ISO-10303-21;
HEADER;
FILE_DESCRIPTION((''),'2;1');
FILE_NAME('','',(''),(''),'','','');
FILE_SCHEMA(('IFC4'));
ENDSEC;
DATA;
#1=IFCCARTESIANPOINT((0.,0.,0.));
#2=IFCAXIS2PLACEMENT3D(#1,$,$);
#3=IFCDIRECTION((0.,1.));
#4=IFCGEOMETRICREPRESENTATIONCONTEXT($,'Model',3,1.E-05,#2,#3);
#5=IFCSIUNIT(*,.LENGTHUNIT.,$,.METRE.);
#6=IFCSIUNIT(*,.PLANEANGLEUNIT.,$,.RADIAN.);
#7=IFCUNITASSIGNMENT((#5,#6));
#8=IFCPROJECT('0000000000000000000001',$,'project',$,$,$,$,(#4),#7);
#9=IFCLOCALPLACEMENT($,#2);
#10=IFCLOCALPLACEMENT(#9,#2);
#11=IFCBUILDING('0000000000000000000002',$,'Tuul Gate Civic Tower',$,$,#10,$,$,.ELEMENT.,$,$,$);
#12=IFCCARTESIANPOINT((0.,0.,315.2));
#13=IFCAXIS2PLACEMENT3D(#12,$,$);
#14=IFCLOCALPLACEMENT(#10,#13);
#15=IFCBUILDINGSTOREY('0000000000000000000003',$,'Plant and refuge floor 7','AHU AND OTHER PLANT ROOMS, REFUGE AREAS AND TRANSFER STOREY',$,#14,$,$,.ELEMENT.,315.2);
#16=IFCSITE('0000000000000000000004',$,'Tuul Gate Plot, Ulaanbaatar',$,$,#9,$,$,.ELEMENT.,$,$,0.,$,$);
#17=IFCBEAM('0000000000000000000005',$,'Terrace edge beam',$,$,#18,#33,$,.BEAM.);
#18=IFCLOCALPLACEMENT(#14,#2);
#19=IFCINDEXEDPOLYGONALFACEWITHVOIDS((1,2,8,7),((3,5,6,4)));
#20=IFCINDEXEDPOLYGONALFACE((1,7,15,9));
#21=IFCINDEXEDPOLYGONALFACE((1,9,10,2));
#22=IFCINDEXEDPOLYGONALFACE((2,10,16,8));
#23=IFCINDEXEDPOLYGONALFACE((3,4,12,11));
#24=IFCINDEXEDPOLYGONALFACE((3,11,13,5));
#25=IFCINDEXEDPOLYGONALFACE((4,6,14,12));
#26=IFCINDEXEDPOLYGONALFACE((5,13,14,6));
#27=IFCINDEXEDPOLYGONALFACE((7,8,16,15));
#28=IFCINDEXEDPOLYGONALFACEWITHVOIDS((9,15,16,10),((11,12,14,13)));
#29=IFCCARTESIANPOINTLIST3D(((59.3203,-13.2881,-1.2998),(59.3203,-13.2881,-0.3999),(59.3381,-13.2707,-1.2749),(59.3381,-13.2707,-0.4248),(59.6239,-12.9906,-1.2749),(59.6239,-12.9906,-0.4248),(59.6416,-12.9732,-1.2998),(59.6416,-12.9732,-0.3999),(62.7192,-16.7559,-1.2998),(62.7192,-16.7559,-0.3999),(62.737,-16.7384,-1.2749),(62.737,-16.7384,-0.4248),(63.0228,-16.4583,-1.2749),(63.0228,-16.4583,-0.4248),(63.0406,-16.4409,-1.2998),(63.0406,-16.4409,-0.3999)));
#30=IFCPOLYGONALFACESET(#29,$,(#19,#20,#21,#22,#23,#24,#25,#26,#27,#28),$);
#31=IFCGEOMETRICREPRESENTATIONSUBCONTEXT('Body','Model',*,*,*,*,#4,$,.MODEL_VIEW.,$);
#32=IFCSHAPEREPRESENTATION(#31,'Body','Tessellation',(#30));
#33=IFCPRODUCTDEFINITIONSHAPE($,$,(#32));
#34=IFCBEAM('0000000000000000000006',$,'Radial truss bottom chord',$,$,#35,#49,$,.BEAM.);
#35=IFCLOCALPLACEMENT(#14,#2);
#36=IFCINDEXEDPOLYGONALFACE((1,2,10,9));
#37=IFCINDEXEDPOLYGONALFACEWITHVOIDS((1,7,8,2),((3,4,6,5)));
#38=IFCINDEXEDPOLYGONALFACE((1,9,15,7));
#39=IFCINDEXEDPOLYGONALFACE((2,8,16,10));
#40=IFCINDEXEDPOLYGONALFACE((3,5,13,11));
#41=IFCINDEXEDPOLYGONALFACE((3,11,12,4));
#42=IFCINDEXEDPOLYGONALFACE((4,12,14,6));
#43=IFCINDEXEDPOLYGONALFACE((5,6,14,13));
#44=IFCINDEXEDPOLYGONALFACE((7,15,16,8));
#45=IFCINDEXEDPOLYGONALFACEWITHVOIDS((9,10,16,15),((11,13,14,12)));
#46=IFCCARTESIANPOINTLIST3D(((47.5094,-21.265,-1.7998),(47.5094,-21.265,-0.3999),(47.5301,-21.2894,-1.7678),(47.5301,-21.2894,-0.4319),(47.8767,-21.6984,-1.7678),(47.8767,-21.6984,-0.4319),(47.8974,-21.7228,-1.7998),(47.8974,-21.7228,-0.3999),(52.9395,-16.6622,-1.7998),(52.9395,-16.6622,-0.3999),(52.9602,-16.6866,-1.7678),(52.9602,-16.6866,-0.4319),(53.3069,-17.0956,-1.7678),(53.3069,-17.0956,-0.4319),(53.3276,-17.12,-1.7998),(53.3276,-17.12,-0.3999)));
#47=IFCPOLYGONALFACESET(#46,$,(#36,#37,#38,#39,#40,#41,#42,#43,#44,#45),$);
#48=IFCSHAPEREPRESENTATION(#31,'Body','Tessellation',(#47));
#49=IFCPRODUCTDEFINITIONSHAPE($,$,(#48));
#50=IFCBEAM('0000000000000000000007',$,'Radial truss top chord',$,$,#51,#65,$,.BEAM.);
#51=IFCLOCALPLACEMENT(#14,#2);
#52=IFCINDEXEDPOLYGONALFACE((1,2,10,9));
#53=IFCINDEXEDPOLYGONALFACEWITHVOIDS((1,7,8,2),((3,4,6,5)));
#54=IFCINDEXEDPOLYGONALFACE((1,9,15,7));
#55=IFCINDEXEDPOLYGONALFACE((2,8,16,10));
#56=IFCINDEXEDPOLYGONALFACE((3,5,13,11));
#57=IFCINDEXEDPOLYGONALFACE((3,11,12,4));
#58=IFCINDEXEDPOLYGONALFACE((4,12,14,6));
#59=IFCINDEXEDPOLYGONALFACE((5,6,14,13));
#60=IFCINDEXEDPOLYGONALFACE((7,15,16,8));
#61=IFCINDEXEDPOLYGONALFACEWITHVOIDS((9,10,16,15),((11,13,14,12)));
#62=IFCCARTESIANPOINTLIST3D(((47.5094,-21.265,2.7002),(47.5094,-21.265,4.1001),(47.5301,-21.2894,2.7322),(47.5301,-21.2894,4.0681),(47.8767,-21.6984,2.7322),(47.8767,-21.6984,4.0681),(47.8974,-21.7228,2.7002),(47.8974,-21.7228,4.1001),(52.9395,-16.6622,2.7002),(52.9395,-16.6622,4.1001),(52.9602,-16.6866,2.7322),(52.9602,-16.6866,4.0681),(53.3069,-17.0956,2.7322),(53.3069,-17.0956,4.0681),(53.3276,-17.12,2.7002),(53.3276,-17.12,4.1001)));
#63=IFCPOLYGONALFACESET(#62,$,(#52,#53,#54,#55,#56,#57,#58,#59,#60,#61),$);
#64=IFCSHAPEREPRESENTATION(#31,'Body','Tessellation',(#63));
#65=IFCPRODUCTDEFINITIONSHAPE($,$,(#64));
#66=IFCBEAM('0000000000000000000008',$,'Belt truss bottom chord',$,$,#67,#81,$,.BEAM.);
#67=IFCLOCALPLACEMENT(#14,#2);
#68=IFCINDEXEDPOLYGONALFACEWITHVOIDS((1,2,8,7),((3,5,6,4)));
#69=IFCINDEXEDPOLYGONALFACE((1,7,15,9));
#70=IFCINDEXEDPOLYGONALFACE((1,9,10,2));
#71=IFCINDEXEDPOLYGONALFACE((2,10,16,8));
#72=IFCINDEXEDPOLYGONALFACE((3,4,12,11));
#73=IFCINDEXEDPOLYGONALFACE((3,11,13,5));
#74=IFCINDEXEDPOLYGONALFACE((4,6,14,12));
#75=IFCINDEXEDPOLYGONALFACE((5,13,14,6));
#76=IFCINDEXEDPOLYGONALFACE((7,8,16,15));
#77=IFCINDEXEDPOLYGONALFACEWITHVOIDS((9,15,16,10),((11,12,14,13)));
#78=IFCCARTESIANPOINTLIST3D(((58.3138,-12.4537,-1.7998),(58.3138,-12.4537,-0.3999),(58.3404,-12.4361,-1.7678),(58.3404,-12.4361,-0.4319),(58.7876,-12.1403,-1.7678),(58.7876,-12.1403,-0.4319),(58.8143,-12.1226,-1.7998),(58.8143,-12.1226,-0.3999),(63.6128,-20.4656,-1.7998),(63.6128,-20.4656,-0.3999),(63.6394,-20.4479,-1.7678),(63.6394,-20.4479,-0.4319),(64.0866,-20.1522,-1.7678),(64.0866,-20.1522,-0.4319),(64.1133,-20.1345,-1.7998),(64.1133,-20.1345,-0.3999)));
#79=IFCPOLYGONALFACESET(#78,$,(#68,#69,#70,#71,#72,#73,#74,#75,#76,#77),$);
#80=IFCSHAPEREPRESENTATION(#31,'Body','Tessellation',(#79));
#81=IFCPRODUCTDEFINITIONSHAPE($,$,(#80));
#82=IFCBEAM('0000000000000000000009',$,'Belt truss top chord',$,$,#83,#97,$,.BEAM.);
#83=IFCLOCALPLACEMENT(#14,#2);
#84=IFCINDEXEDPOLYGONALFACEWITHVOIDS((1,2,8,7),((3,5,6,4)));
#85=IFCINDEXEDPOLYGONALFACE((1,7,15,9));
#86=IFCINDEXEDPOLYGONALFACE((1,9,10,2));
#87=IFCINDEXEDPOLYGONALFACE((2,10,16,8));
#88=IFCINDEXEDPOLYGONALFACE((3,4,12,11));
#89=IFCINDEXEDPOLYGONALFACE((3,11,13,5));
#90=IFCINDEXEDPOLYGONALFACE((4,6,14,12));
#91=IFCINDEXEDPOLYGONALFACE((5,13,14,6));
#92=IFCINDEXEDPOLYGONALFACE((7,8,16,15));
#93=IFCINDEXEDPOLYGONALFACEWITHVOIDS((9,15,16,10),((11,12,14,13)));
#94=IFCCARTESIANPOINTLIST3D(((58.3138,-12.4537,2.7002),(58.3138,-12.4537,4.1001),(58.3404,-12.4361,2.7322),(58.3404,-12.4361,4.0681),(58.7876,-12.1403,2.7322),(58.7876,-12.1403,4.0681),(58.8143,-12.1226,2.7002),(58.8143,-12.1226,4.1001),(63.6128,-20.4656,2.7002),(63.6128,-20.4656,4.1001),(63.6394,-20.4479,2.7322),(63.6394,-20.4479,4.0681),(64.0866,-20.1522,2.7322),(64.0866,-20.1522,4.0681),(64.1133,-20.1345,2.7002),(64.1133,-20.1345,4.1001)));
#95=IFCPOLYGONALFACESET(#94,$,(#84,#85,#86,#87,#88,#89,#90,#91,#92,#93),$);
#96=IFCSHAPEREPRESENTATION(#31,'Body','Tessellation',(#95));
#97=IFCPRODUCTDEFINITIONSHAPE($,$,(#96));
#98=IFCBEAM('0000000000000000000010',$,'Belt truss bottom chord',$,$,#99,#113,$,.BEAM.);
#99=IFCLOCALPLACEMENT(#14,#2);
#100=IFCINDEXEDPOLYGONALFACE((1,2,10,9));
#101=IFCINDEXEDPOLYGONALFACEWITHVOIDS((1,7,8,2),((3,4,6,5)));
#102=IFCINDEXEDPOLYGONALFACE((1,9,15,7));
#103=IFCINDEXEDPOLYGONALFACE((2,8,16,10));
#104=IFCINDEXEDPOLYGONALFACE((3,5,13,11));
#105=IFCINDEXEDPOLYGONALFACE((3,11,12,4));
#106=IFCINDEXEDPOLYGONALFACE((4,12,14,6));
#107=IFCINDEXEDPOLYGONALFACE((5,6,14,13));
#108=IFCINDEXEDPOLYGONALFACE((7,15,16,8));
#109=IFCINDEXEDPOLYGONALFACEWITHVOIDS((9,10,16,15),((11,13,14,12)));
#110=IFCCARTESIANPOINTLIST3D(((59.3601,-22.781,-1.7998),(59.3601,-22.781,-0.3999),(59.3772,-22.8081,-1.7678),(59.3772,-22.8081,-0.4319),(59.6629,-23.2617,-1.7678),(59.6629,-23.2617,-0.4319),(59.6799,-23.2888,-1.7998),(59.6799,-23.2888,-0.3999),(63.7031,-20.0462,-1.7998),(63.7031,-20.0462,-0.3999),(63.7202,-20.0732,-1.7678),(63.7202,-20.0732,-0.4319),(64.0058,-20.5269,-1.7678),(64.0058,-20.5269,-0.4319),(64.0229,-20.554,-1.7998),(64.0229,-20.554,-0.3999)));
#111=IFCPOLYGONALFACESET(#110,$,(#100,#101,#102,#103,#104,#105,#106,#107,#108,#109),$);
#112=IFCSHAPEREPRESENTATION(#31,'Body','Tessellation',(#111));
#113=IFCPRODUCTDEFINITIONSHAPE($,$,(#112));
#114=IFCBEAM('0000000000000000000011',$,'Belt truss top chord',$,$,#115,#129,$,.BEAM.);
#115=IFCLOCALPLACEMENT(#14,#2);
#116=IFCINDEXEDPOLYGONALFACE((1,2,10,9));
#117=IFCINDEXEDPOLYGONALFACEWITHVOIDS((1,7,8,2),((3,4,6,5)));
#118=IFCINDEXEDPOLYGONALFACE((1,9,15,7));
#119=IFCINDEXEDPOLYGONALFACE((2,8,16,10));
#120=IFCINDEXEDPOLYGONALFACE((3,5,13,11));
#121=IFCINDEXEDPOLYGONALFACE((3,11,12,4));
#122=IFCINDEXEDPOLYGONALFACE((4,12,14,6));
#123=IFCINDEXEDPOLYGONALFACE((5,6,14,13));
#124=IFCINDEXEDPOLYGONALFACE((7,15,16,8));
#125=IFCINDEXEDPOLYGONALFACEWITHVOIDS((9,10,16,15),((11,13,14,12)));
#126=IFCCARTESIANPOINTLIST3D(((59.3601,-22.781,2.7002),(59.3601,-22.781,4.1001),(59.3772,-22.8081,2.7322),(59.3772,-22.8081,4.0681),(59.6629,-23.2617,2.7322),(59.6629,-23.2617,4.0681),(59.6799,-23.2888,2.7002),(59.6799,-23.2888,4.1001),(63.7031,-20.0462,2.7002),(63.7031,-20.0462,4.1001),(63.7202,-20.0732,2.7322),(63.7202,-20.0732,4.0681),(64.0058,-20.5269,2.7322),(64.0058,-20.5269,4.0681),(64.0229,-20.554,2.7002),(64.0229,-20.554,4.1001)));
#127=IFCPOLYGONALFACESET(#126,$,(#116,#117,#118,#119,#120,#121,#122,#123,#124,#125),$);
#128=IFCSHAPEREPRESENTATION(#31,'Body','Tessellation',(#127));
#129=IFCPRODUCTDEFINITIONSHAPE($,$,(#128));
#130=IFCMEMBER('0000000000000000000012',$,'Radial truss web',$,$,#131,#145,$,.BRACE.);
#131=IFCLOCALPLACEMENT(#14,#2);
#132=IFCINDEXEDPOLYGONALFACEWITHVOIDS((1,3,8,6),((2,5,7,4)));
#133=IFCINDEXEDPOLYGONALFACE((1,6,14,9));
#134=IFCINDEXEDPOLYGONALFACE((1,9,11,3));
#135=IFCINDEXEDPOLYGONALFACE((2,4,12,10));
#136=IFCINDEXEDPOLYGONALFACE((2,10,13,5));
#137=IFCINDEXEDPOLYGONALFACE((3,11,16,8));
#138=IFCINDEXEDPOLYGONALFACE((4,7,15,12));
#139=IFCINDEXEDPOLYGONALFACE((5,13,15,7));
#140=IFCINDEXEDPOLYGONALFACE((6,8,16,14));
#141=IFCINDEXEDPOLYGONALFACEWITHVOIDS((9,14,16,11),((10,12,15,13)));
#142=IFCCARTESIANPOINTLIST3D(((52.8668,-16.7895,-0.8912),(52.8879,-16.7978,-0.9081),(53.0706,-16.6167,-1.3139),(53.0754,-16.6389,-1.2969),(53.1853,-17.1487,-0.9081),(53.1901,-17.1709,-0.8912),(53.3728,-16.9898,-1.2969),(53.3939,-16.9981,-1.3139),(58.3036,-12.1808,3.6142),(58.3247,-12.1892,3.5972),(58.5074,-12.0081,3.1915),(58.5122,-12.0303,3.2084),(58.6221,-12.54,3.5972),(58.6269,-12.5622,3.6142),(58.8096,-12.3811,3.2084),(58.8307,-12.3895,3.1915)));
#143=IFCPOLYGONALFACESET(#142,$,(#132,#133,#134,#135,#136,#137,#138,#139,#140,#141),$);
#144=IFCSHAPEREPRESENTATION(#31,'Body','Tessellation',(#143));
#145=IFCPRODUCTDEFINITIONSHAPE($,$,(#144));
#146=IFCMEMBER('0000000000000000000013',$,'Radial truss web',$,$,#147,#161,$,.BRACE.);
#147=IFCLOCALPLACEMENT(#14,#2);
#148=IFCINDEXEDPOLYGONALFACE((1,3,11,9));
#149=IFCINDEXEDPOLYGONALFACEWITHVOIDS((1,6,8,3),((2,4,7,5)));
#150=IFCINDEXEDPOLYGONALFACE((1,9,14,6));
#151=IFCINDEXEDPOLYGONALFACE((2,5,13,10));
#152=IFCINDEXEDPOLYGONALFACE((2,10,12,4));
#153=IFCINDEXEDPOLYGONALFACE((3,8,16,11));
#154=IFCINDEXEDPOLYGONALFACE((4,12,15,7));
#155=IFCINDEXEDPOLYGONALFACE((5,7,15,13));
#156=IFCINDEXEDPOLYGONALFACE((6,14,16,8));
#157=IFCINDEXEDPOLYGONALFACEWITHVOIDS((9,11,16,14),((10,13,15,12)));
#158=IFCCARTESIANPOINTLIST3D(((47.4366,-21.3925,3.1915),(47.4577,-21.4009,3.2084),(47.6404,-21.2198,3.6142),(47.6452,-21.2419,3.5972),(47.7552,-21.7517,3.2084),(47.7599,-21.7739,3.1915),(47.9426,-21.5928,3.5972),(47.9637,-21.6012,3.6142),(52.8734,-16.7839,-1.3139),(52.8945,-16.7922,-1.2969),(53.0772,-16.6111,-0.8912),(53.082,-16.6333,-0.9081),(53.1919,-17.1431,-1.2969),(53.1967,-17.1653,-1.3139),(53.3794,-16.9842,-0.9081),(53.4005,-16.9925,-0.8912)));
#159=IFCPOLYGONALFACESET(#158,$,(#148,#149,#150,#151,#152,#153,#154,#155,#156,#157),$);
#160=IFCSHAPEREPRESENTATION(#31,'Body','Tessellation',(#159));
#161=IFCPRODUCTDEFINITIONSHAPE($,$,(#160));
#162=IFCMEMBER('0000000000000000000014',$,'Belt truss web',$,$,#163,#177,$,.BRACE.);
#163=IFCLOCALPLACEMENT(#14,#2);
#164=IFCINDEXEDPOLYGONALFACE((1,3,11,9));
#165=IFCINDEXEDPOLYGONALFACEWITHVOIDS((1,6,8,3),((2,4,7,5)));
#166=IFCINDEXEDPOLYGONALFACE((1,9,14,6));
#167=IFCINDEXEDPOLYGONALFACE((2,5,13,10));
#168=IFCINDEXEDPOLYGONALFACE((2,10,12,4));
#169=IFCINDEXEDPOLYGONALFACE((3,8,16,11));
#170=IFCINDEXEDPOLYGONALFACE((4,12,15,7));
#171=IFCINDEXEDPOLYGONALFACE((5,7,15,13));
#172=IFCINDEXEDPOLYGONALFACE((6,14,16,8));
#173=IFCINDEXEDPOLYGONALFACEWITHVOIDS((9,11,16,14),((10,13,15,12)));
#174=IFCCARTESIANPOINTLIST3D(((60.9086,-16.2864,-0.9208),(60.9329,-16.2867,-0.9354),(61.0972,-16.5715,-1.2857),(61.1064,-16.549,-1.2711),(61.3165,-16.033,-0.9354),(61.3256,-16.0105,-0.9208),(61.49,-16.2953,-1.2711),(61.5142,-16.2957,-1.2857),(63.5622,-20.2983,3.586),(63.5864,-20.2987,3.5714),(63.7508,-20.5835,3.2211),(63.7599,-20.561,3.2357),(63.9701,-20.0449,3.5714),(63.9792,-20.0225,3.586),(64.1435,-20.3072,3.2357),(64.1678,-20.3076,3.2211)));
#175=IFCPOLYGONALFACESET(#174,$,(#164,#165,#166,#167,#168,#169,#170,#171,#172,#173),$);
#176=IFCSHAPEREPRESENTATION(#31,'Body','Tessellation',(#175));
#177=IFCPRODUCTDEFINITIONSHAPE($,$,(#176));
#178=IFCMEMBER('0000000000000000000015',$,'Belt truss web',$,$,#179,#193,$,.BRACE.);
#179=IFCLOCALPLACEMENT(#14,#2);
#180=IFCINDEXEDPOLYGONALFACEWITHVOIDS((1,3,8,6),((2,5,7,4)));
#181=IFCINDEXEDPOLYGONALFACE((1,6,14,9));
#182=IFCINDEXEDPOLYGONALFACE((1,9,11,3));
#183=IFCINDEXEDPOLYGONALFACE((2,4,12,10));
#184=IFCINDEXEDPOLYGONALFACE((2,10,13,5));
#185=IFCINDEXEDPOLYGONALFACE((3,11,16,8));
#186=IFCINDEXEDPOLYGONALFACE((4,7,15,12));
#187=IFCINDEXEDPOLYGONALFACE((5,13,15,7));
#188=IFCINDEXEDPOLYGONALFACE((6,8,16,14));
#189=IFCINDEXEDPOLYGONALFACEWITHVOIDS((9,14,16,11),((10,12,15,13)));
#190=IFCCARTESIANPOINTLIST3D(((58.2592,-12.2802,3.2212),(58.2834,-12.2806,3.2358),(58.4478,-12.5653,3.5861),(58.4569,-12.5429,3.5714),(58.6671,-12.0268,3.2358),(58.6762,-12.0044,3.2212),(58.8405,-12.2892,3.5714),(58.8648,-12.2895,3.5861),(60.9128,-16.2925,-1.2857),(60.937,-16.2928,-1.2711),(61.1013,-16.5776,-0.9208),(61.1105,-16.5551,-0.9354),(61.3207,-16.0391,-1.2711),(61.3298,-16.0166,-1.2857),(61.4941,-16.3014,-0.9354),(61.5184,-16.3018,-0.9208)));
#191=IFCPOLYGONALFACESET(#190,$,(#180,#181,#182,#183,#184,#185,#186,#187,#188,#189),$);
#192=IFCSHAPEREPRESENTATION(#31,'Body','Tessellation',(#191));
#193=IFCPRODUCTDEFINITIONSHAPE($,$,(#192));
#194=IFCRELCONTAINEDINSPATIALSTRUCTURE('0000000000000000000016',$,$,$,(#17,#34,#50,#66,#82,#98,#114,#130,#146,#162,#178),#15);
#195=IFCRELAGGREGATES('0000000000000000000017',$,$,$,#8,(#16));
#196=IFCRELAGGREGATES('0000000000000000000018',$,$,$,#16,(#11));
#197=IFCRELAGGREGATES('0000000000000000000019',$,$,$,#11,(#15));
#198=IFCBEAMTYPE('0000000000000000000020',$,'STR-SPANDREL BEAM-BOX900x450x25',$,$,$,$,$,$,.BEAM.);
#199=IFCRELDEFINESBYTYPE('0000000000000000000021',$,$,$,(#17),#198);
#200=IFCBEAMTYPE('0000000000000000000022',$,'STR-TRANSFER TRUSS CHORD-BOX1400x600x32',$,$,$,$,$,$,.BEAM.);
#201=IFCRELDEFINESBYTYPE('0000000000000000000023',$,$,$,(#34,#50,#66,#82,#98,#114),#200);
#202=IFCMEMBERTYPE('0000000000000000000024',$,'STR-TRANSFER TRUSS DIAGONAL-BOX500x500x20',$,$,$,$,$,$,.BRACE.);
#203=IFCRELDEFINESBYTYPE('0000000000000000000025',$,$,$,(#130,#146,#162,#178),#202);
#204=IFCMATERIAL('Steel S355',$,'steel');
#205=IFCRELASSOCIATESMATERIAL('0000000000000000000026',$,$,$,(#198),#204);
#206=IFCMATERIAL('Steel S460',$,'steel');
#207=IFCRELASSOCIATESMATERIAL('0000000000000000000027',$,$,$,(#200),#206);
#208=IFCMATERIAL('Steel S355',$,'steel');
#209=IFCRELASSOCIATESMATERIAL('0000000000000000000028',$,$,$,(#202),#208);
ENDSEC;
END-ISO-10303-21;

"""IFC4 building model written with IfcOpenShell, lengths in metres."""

from ifc_helpers import new_model, si_unit, direction, frame, origin, origin_2d, place, context, subcontext, project, spatial, hollow_rectangle, extrude, material, material_profile, profile_set, type_object, element, save


model = new_model("IFC4")

# Units and contexts
model_context = context("Model", 3, precision=1e-05, world=origin(), true_north=direction((0.0, 1.0)))
body_context = subcontext(model_context, "Body", "Model", "MODEL_VIEW")
ifc_project = project(units=[si_unit("LENGTHUNIT", "METRE"), si_unit("PLANEANGLEUNIT", "RADIAN")], contexts=[model_context])

# Site, building, storey
site_placement = place(None, origin())
site = spatial("IfcSite", under=ifc_project, at=site_placement, Name="Tuul Gate Plot, Ulaanbaatar", CompositionType="ELEMENT", RefElevation=0.0)
building_placement = place(site_placement, origin())
building = spatial("IfcBuilding", under=site, at=building_placement, Name="Tuul Gate Civic Tower", CompositionType="ELEMENT")
storey_placement = place(building_placement, frame((0.0, 0.0, 315.2)))
storey = spatial("IfcBuildingStorey", under=building, at=storey_placement, Name="Plant and refuge floor 7", Description="AHU AND OTHER PLANT ROOMS, REFUGE AREAS AND TRANSFER STOREY", CompositionType="ELEMENT", Elevation=315.2)

# Beams
ifc_material_1 = material(Name="Steel S355", Category="steel")
ifc_material_profile_1 = material_profile(ifc_material_1, hollow_rectangle(XDim=0.45, YDim=0.8999, WallThickness=0.0249, at=origin_2d()), Name="BOX900x450x25")
ifc_profile_set_1 = profile_set([ifc_material_profile_1], Name="Steel S355")
beam_type_1 = type_object("IfcBeamType", Name="STR-SPANDREL BEAM-BOX900x450x25", PredefinedType="BEAM", material=ifc_profile_set_1)
beam_placement = place(storey_placement, frame((62.8799, -16.5984, -0.8499), z_axis=(-0.699982, 0.714161, 0.0), x_axis=(-0.714161, -0.699982, 0.0)))
element("IfcBeam", 1, at=beam_placement, inside=storey, type_object=beam_type_1, Name="Terrace edge beam", PredefinedType="BEAM", context=body_context, shape_type="SweptSolid", body=[
    extrude(hollow_rectangle(XDim=0.45, YDim=0.8999, WallThickness=0.0249, at=origin_2d()), origin(), (0.0, 0.0, 1.0), 4.8557),
])
ifc_material_2 = material(Name="Steel S460", Category="steel")
ifc_material_profile_2 = material_profile(ifc_material_2, hollow_rectangle(XDim=0.6001, YDim=1.3999, WallThickness=0.032, at=origin_2d()), Name="BOX1400x600x32")
ifc_profile_set_2 = profile_set([ifc_material_profile_2], Name="Steel S460")
beam_type_2 = type_object("IfcBeamType", Name="STR-TRANSFER TRUSS CHORD-BOX1400x600x32", PredefinedType="BEAM", material=ifc_profile_set_2)
for number, where, z_axis, x_axis, name in (
    (2, (53.1335, -16.8911, -1.0999), (-0.762831, -0.646598, 0.0), (0.646598, -0.762831, 0.0), "Radial truss bottom chord"),
    (3, (53.1335, -16.8911, 3.4001), (-0.762831, -0.646598, 0.0), (0.646598, -0.762831, 0.0), "Radial truss top chord"),
):
    element("IfcBeam", number, at=place(storey_placement, frame(where, z_axis=z_axis, x_axis=x_axis)), inside=storey, type_object=beam_type_2, Name=name, PredefinedType="BEAM", context=body_context, shape_type="SweptSolid", body=[
        extrude(hollow_rectangle(XDim=0.6001, YDim=1.3999, WallThickness=0.032, at=origin_2d()), origin(), (0.0, 0.0, 1.0), 7.1184),
    ])
for number, where, z_axis, x_axis, name in (
    (4, (63.863, -20.3, -1.0999), (-0.551652, 0.834074, 0.0), (-0.834074, -0.551652, 0.0), "Belt truss bottom chord"),
    (5, (63.863, -20.3, 3.4001), (-0.551652, 0.834074, 0.0), (-0.834074, -0.551652, 0.0), "Belt truss top chord"),
):
    element("IfcBeam", number, at=place(storey_placement, frame(where, z_axis=z_axis, x_axis=x_axis)), inside=storey, type_object=beam_type_2, Name=name, PredefinedType="BEAM", context=body_context, shape_type="SweptSolid", body=[
        extrude(hollow_rectangle(XDim=0.6001, YDim=1.3999, WallThickness=0.032, at=origin_2d()), origin(), (0.0, 0.0, 1.0), 9.6057),
    ])
for number, where, z_axis, x_axis, name in (
    (6, (59.52, -23.0349, -1.0999), (0.8462, 0.532865, 0.0), (-0.532865, 0.8462, 0.0), "Belt truss bottom chord"),
    (7, (59.52, -23.0349, 3.4001), (0.8462, 0.532865, 0.0), (-0.532865, 0.8462, 0.0), "Belt truss top chord"),
):
    element("IfcBeam", number, at=place(storey_placement, frame(where, z_axis=z_axis, x_axis=x_axis)), inside=storey, type_object=beam_type_2, Name=name, PredefinedType="BEAM", context=body_context, shape_type="SweptSolid", body=[
        extrude(hollow_rectangle(XDim=0.6001, YDim=1.3999, WallThickness=0.032, at=origin_2d()), origin(), (0.0, 0.0, 1.0), 5.1323),
    ])

# Members
ifc_material_3 = material(Name="Steel S355", Category="steel")
ifc_material_profile_3 = material_profile(ifc_material_3, hollow_rectangle(XDim=0.5, YDim=0.5, WallThickness=0.02, at=origin_2d()), Name="BOX500x500x20")
ifc_profile_set_3 = profile_set([ifc_material_profile_3], Name="Steel S355")
member_type_1 = type_object("IfcMemberType", Name="STR-TRANSFER TRUSS DIAGONAL-BOX500x500x20", PredefinedType="BRACE", material=ifc_profile_set_3)
for number, where, z_axis, x_axis, name in (
    (8, (53.1304, -16.8938, -1.1025), (0.644788, 0.546574, 0.534327), (-0.646621, 0.762812, 0.0), "Radial truss web"),
    (9, (53.137, -16.8882, -1.1025), (-0.644788, -0.546574, 0.534327), (0.646621, -0.762812, 0.0), "Radial truss web"),
):
    element("IfcMember", number, at=place(storey_placement, frame(where, z_axis=z_axis, x_axis=x_axis)), inside=storey, type_object=member_type_1, Name=name, PredefinedType="BRACE", context=body_context, shape_type="SweptSolid", body=[
        extrude(hollow_rectangle(XDim=0.5, YDim=0.5, WallThickness=0.02, at=origin_2d()), origin(), (0.0, 0.0, 1.0), 8.4319),
    ])
member_1_placement = place(storey_placement, frame((61.2114, -16.291, -1.1033), z_axis=(0.402569, -0.60865, 0.683727), x_axis=(0.834067, 0.551663, 0.0)))
element("IfcMember", 10, at=member_1_placement, inside=storey, type_object=member_type_1, Name="Belt truss web", PredefinedType="BRACE", context=body_context, shape_type="SweptSolid", body=[
    extrude(hollow_rectangle(XDim=0.5, YDim=0.5, WallThickness=0.02, at=origin_2d()), origin(), (0.0, 0.0, 1.0), 6.5916),
])
member_2_placement = place(storey_placement, frame((61.2156, -16.2971, -1.1033), z_axis=(-0.40256, 0.608674, 0.683712), x_axis=(-0.834083, -0.55164, 0.0)))
element("IfcMember", 11, at=member_2_placement, inside=storey, type_object=member_type_1, Name="Belt truss web", PredefinedType="BRACE", context=body_context, shape_type="SweptSolid", body=[
    extrude(hollow_rectangle(XDim=0.5, YDim=0.5, WallThickness=0.02, at=origin_2d()), origin(), (0.0, 0.0, 1.0), 6.5918),
])

save(model, "model.ifc")
